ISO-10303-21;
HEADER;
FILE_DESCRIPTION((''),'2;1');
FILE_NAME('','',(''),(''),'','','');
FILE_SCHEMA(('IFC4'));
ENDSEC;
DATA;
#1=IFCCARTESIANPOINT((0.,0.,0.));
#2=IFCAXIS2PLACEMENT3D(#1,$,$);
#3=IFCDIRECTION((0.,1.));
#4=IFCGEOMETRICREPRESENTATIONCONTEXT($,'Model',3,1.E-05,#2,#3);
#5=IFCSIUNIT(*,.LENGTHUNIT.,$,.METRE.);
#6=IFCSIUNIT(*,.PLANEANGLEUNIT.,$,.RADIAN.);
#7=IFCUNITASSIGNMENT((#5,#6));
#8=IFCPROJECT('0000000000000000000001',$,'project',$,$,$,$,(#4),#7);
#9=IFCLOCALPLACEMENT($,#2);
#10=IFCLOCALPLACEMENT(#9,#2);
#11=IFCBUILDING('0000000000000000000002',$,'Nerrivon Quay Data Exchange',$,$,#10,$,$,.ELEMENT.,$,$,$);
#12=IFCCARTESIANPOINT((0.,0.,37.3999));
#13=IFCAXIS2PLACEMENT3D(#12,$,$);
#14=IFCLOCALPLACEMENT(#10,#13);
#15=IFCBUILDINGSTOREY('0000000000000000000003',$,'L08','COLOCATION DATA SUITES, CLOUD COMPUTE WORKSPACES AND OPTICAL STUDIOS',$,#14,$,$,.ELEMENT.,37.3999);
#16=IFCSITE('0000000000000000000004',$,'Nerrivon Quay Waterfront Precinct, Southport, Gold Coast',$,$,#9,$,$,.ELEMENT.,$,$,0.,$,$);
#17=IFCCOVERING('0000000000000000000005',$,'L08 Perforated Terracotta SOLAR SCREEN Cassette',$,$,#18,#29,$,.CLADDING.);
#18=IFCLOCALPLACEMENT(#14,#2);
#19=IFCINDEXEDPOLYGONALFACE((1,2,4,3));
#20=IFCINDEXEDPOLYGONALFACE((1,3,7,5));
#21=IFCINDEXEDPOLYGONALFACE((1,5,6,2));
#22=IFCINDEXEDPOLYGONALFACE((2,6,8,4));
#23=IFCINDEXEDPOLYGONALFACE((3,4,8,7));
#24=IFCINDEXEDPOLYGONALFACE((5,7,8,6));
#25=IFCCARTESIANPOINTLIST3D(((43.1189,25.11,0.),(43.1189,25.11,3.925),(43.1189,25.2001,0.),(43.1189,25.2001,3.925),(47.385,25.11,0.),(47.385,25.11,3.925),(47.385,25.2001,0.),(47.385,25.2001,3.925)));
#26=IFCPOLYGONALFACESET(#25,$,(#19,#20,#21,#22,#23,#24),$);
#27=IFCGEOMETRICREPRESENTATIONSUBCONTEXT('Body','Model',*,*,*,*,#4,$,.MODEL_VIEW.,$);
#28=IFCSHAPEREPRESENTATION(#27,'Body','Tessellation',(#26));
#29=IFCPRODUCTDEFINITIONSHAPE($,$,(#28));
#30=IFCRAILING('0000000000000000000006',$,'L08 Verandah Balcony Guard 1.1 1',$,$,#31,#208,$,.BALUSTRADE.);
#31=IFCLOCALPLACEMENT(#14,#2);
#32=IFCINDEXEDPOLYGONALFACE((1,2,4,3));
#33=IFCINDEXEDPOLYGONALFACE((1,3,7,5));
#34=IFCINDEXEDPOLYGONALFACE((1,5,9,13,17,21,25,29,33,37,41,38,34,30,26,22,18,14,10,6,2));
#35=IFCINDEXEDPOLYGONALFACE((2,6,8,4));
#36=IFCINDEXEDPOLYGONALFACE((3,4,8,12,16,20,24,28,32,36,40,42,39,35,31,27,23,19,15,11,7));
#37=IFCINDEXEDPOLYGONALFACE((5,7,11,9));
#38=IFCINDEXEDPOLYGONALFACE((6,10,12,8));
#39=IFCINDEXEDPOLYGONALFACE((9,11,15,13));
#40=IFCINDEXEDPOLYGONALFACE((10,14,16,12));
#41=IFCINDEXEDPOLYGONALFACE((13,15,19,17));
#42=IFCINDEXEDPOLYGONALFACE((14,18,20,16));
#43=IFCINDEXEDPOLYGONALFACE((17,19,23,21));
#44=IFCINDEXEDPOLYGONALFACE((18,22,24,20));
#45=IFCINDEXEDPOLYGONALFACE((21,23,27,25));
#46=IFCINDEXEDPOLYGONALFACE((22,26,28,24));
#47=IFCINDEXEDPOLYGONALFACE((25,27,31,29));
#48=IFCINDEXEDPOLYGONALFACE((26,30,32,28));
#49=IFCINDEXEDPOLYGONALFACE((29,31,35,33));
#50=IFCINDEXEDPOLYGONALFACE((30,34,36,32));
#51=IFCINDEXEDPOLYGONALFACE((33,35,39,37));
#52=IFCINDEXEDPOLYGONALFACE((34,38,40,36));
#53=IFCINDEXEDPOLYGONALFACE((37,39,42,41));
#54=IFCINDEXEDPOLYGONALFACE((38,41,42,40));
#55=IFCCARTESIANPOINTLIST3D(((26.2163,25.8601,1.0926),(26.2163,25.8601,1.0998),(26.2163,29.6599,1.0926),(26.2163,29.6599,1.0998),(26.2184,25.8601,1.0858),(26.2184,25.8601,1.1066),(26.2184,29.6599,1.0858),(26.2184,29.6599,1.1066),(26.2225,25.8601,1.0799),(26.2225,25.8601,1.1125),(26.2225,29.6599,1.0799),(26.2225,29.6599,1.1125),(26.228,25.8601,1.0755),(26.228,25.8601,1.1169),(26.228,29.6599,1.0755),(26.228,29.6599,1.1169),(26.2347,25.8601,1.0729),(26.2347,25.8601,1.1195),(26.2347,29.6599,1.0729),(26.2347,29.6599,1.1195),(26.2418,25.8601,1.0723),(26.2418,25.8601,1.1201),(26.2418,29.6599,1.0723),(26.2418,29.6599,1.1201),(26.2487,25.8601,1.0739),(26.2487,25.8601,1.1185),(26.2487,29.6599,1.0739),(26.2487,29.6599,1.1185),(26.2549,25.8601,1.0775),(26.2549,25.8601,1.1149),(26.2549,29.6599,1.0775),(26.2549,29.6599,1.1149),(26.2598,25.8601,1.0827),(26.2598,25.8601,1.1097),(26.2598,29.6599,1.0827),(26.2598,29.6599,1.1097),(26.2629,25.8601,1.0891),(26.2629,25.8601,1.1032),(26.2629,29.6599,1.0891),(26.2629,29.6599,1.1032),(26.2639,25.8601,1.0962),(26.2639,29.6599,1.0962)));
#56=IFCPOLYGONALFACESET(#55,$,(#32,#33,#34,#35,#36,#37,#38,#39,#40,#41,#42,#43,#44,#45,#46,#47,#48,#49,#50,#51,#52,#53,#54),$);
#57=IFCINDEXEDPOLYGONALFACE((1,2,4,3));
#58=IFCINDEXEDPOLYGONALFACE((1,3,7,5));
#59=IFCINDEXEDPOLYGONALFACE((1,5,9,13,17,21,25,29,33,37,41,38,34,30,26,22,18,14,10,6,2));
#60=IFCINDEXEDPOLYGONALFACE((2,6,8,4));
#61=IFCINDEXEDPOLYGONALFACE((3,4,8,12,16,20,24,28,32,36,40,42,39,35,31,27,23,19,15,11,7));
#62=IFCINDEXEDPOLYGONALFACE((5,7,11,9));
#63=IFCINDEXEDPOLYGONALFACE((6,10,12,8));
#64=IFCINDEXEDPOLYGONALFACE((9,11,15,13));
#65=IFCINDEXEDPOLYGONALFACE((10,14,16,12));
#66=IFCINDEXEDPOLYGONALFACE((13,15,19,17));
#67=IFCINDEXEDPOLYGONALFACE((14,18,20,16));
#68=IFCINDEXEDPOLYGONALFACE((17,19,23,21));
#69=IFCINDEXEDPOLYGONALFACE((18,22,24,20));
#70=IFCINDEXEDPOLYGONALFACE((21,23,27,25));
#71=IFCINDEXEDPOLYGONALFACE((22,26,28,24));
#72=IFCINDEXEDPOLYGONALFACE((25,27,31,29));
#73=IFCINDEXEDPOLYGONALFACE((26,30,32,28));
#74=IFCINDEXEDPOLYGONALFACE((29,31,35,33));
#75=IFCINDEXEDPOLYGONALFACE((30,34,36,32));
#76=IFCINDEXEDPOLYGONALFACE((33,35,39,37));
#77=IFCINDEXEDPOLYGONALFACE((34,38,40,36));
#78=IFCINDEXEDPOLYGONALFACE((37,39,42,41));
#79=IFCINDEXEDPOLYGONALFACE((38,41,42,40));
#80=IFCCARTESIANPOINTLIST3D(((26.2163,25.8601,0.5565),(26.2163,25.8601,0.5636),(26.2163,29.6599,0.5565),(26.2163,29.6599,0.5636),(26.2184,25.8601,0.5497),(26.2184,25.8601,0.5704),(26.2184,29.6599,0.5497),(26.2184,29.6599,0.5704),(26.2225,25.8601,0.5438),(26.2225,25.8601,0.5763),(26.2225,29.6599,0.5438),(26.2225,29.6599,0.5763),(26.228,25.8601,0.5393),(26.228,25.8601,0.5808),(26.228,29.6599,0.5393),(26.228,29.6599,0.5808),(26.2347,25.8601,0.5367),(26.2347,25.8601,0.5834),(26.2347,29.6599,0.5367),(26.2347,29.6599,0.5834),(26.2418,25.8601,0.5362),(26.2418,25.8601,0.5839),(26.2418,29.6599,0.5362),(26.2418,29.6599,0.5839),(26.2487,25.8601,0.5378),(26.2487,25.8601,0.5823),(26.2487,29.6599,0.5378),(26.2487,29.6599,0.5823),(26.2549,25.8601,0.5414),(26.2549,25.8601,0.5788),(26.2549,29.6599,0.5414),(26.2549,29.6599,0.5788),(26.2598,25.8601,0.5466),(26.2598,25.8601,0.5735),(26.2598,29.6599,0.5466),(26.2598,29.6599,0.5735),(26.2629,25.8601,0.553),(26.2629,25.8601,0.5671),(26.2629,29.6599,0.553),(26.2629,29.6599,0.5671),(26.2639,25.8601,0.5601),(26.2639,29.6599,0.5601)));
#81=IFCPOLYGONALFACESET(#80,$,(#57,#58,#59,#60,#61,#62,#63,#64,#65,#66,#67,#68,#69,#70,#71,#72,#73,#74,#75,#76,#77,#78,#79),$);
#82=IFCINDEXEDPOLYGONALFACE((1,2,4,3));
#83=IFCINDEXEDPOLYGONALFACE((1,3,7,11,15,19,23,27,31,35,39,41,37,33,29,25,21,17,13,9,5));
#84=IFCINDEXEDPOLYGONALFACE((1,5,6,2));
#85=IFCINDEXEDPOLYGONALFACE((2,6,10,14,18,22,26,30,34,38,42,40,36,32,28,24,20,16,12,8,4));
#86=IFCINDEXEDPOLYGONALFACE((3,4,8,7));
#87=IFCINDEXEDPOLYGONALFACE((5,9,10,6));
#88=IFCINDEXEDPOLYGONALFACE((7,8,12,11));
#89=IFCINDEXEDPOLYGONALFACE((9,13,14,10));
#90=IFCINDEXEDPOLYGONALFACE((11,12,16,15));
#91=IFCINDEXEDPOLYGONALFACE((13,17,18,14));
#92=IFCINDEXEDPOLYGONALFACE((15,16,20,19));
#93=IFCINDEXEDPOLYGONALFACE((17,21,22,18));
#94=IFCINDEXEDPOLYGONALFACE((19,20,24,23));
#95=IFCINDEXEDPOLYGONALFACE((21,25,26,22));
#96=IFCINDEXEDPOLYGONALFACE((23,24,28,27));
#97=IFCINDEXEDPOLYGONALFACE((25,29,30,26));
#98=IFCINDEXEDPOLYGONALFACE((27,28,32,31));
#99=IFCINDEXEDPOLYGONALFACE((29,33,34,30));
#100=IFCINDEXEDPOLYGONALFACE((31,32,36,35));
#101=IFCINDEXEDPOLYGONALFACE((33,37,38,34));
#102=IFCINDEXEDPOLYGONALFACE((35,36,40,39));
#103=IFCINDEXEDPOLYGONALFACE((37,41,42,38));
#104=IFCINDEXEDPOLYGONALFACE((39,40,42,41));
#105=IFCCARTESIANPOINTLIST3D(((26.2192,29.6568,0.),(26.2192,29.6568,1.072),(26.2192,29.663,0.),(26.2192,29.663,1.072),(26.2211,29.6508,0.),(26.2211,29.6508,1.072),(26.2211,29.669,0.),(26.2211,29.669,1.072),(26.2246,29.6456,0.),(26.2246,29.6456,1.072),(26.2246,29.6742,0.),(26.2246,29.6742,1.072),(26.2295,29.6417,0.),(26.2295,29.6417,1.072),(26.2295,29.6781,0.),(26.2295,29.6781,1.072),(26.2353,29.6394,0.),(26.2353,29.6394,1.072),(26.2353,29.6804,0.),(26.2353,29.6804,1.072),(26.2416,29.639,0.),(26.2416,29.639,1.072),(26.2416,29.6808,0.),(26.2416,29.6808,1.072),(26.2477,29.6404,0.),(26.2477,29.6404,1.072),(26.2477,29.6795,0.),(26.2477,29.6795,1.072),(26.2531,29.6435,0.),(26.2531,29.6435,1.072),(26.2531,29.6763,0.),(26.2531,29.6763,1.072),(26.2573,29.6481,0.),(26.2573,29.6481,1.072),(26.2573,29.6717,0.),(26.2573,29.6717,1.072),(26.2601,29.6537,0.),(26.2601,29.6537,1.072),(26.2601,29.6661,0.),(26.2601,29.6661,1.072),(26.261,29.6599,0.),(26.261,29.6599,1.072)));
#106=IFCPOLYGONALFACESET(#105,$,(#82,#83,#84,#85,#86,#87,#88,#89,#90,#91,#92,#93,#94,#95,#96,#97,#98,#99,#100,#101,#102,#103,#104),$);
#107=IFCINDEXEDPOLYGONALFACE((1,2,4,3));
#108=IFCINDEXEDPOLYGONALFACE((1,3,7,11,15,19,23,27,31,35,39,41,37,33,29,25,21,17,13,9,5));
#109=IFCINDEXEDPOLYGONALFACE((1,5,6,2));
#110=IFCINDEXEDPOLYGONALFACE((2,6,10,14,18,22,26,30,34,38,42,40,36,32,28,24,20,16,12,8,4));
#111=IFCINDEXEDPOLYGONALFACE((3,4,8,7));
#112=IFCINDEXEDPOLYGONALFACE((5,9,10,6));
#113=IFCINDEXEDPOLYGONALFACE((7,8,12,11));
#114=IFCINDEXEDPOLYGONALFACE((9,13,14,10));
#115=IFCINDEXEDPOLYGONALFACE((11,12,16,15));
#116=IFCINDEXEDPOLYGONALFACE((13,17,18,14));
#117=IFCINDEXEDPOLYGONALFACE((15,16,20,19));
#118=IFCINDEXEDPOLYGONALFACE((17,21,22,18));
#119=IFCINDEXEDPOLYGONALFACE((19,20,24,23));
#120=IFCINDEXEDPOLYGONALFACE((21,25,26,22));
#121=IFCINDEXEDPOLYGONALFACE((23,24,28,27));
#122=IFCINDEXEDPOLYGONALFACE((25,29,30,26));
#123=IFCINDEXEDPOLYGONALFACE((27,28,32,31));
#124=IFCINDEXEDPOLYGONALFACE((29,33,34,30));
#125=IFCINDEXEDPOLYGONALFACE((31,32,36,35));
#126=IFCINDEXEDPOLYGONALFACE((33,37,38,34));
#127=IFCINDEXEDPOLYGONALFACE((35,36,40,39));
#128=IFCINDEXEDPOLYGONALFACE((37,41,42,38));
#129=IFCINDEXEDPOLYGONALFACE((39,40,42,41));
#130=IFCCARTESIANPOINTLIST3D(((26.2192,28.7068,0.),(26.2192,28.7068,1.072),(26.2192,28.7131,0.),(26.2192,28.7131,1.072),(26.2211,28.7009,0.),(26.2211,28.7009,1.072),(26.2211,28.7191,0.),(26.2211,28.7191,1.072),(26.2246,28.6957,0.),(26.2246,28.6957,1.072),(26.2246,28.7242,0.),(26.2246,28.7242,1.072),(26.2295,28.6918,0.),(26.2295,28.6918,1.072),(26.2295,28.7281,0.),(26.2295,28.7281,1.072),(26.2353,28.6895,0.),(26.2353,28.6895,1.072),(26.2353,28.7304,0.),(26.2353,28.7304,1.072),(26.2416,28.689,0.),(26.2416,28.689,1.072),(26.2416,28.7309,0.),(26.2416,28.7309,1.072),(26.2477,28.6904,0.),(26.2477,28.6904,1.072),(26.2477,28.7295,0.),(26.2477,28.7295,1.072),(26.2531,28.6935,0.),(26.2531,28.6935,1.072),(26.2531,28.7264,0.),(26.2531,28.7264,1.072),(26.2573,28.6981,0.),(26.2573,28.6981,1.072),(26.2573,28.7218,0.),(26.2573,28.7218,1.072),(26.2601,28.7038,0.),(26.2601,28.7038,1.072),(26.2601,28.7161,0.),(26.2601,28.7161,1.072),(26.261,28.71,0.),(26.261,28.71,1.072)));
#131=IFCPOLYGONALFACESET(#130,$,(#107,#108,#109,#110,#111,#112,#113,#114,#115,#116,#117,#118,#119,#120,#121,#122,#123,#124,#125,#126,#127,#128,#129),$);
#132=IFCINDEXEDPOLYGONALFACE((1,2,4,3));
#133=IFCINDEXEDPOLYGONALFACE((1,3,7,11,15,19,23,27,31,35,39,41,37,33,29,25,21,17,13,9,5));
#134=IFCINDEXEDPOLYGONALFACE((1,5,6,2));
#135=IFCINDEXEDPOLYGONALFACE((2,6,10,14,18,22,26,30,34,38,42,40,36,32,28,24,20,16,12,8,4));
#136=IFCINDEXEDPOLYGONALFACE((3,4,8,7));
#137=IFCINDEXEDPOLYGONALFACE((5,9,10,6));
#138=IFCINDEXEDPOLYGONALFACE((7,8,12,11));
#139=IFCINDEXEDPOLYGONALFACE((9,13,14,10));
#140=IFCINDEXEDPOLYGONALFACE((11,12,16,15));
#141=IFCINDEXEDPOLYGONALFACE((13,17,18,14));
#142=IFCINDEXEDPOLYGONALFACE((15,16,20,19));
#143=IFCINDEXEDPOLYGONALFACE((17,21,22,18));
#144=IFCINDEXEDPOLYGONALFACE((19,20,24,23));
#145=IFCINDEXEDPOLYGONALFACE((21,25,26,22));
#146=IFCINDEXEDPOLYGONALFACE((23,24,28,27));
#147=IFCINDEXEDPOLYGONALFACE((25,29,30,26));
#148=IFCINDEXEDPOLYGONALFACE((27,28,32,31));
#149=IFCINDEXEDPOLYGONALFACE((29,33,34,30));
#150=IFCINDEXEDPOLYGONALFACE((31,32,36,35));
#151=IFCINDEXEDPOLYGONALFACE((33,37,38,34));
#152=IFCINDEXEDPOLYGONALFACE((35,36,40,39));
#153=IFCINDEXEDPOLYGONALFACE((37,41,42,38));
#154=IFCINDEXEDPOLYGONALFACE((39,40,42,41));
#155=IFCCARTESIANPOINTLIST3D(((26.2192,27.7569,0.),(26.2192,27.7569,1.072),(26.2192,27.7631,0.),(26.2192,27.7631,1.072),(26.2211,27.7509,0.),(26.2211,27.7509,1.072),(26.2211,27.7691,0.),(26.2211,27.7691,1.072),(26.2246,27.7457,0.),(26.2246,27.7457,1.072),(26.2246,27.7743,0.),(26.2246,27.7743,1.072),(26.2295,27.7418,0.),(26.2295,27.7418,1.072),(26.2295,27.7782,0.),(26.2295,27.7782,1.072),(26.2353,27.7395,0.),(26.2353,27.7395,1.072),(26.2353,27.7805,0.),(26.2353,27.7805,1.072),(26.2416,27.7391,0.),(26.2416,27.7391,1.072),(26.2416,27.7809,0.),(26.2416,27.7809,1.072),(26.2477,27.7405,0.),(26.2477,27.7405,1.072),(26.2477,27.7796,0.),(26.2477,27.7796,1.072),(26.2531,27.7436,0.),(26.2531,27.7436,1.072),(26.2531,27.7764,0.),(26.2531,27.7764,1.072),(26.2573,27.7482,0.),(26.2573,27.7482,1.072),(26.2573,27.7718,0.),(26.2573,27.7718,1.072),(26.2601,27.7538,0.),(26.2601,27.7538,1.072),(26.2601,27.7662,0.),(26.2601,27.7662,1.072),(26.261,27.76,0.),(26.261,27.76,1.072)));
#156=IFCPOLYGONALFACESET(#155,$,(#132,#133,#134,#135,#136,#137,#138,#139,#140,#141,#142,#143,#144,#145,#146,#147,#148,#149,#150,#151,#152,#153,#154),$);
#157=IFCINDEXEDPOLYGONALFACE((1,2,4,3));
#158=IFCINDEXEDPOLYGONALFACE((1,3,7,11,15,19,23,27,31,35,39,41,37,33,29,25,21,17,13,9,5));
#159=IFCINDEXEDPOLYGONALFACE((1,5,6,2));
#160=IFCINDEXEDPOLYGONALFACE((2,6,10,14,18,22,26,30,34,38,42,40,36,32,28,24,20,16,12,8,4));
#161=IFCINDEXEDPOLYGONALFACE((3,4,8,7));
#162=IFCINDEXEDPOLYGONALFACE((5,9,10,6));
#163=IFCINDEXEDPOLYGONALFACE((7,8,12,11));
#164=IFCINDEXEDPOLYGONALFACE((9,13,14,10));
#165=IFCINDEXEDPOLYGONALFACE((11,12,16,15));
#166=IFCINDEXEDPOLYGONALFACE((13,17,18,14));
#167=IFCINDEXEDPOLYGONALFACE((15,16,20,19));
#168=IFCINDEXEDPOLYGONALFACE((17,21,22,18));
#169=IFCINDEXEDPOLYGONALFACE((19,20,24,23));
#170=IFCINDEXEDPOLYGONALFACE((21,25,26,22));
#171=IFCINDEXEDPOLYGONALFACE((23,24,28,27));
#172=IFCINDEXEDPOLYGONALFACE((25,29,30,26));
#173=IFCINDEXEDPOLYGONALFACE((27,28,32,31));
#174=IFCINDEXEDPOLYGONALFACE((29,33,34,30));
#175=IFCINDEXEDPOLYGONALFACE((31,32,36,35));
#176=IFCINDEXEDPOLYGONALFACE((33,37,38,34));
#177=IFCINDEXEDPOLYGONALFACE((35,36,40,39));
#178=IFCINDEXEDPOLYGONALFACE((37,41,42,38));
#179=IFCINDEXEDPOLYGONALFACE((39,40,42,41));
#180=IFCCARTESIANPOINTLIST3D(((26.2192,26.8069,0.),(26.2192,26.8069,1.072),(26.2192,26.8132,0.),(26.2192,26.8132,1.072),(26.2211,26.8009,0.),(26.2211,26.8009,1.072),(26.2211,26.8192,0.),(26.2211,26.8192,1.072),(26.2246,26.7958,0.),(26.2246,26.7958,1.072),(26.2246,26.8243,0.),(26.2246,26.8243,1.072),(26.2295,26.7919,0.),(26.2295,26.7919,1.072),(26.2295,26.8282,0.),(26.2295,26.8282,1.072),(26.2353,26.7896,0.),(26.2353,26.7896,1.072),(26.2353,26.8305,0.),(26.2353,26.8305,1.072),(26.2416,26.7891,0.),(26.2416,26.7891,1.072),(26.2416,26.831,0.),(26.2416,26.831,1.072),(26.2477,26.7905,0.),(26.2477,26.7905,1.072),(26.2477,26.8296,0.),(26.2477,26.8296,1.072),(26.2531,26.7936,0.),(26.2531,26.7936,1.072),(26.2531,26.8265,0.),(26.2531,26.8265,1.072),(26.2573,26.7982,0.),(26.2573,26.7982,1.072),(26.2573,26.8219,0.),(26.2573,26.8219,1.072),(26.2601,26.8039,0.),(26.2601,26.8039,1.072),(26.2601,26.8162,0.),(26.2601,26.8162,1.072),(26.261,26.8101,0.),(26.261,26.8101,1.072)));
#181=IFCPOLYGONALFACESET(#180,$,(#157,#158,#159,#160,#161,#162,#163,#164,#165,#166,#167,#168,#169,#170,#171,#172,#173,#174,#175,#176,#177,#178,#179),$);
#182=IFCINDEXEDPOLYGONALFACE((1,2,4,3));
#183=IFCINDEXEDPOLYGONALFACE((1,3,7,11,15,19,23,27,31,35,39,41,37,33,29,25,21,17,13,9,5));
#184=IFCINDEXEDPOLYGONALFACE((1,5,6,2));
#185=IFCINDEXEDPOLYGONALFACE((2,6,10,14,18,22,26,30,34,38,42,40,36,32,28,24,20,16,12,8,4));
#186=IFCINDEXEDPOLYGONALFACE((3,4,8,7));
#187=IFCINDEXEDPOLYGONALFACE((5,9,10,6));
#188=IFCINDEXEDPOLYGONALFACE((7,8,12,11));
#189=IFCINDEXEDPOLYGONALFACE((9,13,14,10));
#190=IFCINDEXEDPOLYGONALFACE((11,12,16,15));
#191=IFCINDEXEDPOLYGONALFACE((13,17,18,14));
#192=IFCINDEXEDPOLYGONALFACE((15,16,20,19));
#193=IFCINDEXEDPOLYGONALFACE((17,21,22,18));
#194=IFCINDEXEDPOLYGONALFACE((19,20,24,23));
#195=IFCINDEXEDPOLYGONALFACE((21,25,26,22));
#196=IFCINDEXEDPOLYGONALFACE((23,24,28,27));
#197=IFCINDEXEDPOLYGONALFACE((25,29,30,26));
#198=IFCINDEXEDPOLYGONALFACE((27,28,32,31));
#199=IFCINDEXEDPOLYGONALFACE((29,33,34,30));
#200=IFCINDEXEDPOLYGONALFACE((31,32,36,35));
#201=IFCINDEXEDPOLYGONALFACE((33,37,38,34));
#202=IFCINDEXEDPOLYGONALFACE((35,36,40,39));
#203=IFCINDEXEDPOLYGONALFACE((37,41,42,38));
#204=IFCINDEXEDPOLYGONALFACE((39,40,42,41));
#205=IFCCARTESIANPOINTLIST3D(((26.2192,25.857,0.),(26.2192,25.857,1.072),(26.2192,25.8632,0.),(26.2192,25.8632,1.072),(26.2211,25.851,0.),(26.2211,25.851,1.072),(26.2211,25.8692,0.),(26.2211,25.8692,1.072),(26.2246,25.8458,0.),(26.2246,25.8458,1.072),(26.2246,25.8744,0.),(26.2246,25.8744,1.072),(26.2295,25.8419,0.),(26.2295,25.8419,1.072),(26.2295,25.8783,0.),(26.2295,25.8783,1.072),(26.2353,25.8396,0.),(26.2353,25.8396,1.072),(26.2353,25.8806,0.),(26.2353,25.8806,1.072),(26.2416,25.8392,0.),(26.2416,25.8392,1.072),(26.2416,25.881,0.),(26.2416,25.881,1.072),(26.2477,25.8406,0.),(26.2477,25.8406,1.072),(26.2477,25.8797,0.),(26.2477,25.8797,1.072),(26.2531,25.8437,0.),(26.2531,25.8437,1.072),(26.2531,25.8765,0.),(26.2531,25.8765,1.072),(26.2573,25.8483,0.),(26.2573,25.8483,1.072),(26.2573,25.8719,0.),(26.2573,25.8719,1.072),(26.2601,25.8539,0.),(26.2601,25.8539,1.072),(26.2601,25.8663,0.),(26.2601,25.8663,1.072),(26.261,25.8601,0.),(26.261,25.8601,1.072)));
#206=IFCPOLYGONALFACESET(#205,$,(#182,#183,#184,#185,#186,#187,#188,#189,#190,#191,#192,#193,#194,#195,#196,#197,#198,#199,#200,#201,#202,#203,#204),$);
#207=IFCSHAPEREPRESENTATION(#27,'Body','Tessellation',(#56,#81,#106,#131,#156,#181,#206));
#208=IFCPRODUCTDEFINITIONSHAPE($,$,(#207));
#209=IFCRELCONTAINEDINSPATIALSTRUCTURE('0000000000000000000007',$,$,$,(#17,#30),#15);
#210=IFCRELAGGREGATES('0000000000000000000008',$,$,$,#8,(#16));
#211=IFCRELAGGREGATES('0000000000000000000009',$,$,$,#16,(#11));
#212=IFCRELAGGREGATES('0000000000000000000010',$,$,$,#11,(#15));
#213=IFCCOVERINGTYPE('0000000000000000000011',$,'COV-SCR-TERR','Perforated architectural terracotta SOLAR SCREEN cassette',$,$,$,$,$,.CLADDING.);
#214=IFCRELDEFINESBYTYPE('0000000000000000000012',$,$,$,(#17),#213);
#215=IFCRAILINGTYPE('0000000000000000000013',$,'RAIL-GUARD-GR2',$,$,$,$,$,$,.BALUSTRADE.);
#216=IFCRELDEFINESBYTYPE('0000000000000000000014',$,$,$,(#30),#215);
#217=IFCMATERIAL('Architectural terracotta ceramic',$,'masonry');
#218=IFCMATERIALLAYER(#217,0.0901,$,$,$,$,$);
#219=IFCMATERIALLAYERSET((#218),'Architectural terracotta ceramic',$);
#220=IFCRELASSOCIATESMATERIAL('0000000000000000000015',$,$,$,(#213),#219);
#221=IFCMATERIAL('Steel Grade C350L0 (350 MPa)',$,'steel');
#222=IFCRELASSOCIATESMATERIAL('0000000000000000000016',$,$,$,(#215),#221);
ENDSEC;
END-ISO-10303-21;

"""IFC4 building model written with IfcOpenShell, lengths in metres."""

from ifc_helpers import new_model, si_unit, direction, frame, origin, origin_2d, place, context, subcontext, project, spatial, rectangle, circle, extrude, material, layer, layer_set, type_object, element, save


model = new_model("IFC4")

# Units and contexts
model_context = context("Model", 3, precision=1e-05, world=origin(), true_north=direction((0.0, 1.0)))
body_context = subcontext(model_context, "Body", "Model", "MODEL_VIEW")
ifc_project = project(units=[si_unit("LENGTHUNIT", "METRE"), si_unit("PLANEANGLEUNIT", "RADIAN")], contexts=[model_context])

# Site, building, storey
site_placement = place(None, origin())
site = spatial("IfcSite", under=ifc_project, at=site_placement, Name="Nerrivon Quay Waterfront Precinct, Southport, Gold Coast", CompositionType="ELEMENT", RefElevation=0.0)
building_placement = place(site_placement, origin())
building = spatial("IfcBuilding", under=site, at=building_placement, Name="Nerrivon Quay Data Exchange", CompositionType="ELEMENT")
storey_placement = place(building_placement, frame((0.0, 0.0, 37.3999)))
storey = spatial("IfcBuildingStorey", under=building, at=storey_placement, Name="L08", Description="COLOCATION DATA SUITES, CLOUD COMPUTE WORKSPACES AND OPTICAL STUDIOS", CompositionType="ELEMENT", Elevation=37.3999)

# Covering
ifc_material_1 = material(Name="Architectural terracotta ceramic", Category="masonry")
ifc_layer_1 = layer(ifc_material_1, 0.0901)
ifc_layer_set_1 = layer_set([ifc_layer_1], Name="Architectural terracotta ceramic")
covering_type = type_object("IfcCoveringType", Name="COV-SCR-TERR", Description="Perforated architectural terracotta SOLAR SCREEN cassette", PredefinedType="CLADDING", material=ifc_layer_set_1)
covering_1_placement = place(storey_placement, frame((45.252, 25.155, 0.0), z_axis=(0.0, 0.0, 1.0), x_axis=(1.0, 0.0, 0.0)))
element("IfcCovering", 1, at=covering_1_placement, inside=storey, type_object=covering_type, Name="L08 Perforated Terracotta SOLAR SCREEN Cassette", PredefinedType="CLADDING", context=body_context, shape_type="SweptSolid", body=[
    extrude(rectangle(XDim=4.2661, YDim=0.0901, at=origin_2d()), origin(), (0.0, 0.0, 1.0), 3.925),
])

# Railing
ifc_material_2 = material(Name="Steel Grade C350L0 (350 MPa)", Category="steel")
railing_type = type_object("IfcRailingType", Name="RAIL-GUARD-GR2", PredefinedType="BALUSTRADE", material=ifc_material_2)
railing_1_placement = place(storey_placement, frame((26.24, 29.6599, 0.0)))
element("IfcRailing", 2, at=railing_1_placement, inside=storey, type_object=railing_type, Name="L08 Verandah Balcony Guard 1.1 1", PredefinedType="BALUSTRADE", context=body_context, shape_type="SweptSolid", body=[
    extrude(circle(Radius=0.0239, at=origin_2d()), frame((0.0, 0.0, 1.0962), z_axis=(0.0, -1.0, 0.0), x_axis=(1.0, 0.0, 0.0)), (0.0, 0.0, 1.0), 3.7998),
    extrude(circle(Radius=0.0239, at=origin_2d()), frame((0.0, 0.0, 0.5601), z_axis=(0.0, -1.0, 0.0), x_axis=(1.0, 0.0, 0.0)), (0.0, 0.0, 1.0), 3.7998),
    extrude(circle(Radius=0.021, at=origin_2d()), origin(), (0.0, 0.0, 1.0), 1.072),
    extrude(circle(Radius=0.021, at=origin_2d()), frame((0.0, -0.95, 0.0)), (0.0, 0.0, 1.0), 1.072),
    extrude(circle(Radius=0.021, at=origin_2d()), frame((0.0, -1.8999, 0.0)), (0.0, 0.0, 1.0), 1.072),
    extrude(circle(Radius=0.021, at=origin_2d()), frame((0.0, -2.8499, 0.0)), (0.0, 0.0, 1.0), 1.072),
    extrude(circle(Radius=0.021, at=origin_2d()), frame((0.0, -3.7998, 0.0)), (0.0, 0.0, 1.0), 1.072),
])

save(model, "model.ifc")
